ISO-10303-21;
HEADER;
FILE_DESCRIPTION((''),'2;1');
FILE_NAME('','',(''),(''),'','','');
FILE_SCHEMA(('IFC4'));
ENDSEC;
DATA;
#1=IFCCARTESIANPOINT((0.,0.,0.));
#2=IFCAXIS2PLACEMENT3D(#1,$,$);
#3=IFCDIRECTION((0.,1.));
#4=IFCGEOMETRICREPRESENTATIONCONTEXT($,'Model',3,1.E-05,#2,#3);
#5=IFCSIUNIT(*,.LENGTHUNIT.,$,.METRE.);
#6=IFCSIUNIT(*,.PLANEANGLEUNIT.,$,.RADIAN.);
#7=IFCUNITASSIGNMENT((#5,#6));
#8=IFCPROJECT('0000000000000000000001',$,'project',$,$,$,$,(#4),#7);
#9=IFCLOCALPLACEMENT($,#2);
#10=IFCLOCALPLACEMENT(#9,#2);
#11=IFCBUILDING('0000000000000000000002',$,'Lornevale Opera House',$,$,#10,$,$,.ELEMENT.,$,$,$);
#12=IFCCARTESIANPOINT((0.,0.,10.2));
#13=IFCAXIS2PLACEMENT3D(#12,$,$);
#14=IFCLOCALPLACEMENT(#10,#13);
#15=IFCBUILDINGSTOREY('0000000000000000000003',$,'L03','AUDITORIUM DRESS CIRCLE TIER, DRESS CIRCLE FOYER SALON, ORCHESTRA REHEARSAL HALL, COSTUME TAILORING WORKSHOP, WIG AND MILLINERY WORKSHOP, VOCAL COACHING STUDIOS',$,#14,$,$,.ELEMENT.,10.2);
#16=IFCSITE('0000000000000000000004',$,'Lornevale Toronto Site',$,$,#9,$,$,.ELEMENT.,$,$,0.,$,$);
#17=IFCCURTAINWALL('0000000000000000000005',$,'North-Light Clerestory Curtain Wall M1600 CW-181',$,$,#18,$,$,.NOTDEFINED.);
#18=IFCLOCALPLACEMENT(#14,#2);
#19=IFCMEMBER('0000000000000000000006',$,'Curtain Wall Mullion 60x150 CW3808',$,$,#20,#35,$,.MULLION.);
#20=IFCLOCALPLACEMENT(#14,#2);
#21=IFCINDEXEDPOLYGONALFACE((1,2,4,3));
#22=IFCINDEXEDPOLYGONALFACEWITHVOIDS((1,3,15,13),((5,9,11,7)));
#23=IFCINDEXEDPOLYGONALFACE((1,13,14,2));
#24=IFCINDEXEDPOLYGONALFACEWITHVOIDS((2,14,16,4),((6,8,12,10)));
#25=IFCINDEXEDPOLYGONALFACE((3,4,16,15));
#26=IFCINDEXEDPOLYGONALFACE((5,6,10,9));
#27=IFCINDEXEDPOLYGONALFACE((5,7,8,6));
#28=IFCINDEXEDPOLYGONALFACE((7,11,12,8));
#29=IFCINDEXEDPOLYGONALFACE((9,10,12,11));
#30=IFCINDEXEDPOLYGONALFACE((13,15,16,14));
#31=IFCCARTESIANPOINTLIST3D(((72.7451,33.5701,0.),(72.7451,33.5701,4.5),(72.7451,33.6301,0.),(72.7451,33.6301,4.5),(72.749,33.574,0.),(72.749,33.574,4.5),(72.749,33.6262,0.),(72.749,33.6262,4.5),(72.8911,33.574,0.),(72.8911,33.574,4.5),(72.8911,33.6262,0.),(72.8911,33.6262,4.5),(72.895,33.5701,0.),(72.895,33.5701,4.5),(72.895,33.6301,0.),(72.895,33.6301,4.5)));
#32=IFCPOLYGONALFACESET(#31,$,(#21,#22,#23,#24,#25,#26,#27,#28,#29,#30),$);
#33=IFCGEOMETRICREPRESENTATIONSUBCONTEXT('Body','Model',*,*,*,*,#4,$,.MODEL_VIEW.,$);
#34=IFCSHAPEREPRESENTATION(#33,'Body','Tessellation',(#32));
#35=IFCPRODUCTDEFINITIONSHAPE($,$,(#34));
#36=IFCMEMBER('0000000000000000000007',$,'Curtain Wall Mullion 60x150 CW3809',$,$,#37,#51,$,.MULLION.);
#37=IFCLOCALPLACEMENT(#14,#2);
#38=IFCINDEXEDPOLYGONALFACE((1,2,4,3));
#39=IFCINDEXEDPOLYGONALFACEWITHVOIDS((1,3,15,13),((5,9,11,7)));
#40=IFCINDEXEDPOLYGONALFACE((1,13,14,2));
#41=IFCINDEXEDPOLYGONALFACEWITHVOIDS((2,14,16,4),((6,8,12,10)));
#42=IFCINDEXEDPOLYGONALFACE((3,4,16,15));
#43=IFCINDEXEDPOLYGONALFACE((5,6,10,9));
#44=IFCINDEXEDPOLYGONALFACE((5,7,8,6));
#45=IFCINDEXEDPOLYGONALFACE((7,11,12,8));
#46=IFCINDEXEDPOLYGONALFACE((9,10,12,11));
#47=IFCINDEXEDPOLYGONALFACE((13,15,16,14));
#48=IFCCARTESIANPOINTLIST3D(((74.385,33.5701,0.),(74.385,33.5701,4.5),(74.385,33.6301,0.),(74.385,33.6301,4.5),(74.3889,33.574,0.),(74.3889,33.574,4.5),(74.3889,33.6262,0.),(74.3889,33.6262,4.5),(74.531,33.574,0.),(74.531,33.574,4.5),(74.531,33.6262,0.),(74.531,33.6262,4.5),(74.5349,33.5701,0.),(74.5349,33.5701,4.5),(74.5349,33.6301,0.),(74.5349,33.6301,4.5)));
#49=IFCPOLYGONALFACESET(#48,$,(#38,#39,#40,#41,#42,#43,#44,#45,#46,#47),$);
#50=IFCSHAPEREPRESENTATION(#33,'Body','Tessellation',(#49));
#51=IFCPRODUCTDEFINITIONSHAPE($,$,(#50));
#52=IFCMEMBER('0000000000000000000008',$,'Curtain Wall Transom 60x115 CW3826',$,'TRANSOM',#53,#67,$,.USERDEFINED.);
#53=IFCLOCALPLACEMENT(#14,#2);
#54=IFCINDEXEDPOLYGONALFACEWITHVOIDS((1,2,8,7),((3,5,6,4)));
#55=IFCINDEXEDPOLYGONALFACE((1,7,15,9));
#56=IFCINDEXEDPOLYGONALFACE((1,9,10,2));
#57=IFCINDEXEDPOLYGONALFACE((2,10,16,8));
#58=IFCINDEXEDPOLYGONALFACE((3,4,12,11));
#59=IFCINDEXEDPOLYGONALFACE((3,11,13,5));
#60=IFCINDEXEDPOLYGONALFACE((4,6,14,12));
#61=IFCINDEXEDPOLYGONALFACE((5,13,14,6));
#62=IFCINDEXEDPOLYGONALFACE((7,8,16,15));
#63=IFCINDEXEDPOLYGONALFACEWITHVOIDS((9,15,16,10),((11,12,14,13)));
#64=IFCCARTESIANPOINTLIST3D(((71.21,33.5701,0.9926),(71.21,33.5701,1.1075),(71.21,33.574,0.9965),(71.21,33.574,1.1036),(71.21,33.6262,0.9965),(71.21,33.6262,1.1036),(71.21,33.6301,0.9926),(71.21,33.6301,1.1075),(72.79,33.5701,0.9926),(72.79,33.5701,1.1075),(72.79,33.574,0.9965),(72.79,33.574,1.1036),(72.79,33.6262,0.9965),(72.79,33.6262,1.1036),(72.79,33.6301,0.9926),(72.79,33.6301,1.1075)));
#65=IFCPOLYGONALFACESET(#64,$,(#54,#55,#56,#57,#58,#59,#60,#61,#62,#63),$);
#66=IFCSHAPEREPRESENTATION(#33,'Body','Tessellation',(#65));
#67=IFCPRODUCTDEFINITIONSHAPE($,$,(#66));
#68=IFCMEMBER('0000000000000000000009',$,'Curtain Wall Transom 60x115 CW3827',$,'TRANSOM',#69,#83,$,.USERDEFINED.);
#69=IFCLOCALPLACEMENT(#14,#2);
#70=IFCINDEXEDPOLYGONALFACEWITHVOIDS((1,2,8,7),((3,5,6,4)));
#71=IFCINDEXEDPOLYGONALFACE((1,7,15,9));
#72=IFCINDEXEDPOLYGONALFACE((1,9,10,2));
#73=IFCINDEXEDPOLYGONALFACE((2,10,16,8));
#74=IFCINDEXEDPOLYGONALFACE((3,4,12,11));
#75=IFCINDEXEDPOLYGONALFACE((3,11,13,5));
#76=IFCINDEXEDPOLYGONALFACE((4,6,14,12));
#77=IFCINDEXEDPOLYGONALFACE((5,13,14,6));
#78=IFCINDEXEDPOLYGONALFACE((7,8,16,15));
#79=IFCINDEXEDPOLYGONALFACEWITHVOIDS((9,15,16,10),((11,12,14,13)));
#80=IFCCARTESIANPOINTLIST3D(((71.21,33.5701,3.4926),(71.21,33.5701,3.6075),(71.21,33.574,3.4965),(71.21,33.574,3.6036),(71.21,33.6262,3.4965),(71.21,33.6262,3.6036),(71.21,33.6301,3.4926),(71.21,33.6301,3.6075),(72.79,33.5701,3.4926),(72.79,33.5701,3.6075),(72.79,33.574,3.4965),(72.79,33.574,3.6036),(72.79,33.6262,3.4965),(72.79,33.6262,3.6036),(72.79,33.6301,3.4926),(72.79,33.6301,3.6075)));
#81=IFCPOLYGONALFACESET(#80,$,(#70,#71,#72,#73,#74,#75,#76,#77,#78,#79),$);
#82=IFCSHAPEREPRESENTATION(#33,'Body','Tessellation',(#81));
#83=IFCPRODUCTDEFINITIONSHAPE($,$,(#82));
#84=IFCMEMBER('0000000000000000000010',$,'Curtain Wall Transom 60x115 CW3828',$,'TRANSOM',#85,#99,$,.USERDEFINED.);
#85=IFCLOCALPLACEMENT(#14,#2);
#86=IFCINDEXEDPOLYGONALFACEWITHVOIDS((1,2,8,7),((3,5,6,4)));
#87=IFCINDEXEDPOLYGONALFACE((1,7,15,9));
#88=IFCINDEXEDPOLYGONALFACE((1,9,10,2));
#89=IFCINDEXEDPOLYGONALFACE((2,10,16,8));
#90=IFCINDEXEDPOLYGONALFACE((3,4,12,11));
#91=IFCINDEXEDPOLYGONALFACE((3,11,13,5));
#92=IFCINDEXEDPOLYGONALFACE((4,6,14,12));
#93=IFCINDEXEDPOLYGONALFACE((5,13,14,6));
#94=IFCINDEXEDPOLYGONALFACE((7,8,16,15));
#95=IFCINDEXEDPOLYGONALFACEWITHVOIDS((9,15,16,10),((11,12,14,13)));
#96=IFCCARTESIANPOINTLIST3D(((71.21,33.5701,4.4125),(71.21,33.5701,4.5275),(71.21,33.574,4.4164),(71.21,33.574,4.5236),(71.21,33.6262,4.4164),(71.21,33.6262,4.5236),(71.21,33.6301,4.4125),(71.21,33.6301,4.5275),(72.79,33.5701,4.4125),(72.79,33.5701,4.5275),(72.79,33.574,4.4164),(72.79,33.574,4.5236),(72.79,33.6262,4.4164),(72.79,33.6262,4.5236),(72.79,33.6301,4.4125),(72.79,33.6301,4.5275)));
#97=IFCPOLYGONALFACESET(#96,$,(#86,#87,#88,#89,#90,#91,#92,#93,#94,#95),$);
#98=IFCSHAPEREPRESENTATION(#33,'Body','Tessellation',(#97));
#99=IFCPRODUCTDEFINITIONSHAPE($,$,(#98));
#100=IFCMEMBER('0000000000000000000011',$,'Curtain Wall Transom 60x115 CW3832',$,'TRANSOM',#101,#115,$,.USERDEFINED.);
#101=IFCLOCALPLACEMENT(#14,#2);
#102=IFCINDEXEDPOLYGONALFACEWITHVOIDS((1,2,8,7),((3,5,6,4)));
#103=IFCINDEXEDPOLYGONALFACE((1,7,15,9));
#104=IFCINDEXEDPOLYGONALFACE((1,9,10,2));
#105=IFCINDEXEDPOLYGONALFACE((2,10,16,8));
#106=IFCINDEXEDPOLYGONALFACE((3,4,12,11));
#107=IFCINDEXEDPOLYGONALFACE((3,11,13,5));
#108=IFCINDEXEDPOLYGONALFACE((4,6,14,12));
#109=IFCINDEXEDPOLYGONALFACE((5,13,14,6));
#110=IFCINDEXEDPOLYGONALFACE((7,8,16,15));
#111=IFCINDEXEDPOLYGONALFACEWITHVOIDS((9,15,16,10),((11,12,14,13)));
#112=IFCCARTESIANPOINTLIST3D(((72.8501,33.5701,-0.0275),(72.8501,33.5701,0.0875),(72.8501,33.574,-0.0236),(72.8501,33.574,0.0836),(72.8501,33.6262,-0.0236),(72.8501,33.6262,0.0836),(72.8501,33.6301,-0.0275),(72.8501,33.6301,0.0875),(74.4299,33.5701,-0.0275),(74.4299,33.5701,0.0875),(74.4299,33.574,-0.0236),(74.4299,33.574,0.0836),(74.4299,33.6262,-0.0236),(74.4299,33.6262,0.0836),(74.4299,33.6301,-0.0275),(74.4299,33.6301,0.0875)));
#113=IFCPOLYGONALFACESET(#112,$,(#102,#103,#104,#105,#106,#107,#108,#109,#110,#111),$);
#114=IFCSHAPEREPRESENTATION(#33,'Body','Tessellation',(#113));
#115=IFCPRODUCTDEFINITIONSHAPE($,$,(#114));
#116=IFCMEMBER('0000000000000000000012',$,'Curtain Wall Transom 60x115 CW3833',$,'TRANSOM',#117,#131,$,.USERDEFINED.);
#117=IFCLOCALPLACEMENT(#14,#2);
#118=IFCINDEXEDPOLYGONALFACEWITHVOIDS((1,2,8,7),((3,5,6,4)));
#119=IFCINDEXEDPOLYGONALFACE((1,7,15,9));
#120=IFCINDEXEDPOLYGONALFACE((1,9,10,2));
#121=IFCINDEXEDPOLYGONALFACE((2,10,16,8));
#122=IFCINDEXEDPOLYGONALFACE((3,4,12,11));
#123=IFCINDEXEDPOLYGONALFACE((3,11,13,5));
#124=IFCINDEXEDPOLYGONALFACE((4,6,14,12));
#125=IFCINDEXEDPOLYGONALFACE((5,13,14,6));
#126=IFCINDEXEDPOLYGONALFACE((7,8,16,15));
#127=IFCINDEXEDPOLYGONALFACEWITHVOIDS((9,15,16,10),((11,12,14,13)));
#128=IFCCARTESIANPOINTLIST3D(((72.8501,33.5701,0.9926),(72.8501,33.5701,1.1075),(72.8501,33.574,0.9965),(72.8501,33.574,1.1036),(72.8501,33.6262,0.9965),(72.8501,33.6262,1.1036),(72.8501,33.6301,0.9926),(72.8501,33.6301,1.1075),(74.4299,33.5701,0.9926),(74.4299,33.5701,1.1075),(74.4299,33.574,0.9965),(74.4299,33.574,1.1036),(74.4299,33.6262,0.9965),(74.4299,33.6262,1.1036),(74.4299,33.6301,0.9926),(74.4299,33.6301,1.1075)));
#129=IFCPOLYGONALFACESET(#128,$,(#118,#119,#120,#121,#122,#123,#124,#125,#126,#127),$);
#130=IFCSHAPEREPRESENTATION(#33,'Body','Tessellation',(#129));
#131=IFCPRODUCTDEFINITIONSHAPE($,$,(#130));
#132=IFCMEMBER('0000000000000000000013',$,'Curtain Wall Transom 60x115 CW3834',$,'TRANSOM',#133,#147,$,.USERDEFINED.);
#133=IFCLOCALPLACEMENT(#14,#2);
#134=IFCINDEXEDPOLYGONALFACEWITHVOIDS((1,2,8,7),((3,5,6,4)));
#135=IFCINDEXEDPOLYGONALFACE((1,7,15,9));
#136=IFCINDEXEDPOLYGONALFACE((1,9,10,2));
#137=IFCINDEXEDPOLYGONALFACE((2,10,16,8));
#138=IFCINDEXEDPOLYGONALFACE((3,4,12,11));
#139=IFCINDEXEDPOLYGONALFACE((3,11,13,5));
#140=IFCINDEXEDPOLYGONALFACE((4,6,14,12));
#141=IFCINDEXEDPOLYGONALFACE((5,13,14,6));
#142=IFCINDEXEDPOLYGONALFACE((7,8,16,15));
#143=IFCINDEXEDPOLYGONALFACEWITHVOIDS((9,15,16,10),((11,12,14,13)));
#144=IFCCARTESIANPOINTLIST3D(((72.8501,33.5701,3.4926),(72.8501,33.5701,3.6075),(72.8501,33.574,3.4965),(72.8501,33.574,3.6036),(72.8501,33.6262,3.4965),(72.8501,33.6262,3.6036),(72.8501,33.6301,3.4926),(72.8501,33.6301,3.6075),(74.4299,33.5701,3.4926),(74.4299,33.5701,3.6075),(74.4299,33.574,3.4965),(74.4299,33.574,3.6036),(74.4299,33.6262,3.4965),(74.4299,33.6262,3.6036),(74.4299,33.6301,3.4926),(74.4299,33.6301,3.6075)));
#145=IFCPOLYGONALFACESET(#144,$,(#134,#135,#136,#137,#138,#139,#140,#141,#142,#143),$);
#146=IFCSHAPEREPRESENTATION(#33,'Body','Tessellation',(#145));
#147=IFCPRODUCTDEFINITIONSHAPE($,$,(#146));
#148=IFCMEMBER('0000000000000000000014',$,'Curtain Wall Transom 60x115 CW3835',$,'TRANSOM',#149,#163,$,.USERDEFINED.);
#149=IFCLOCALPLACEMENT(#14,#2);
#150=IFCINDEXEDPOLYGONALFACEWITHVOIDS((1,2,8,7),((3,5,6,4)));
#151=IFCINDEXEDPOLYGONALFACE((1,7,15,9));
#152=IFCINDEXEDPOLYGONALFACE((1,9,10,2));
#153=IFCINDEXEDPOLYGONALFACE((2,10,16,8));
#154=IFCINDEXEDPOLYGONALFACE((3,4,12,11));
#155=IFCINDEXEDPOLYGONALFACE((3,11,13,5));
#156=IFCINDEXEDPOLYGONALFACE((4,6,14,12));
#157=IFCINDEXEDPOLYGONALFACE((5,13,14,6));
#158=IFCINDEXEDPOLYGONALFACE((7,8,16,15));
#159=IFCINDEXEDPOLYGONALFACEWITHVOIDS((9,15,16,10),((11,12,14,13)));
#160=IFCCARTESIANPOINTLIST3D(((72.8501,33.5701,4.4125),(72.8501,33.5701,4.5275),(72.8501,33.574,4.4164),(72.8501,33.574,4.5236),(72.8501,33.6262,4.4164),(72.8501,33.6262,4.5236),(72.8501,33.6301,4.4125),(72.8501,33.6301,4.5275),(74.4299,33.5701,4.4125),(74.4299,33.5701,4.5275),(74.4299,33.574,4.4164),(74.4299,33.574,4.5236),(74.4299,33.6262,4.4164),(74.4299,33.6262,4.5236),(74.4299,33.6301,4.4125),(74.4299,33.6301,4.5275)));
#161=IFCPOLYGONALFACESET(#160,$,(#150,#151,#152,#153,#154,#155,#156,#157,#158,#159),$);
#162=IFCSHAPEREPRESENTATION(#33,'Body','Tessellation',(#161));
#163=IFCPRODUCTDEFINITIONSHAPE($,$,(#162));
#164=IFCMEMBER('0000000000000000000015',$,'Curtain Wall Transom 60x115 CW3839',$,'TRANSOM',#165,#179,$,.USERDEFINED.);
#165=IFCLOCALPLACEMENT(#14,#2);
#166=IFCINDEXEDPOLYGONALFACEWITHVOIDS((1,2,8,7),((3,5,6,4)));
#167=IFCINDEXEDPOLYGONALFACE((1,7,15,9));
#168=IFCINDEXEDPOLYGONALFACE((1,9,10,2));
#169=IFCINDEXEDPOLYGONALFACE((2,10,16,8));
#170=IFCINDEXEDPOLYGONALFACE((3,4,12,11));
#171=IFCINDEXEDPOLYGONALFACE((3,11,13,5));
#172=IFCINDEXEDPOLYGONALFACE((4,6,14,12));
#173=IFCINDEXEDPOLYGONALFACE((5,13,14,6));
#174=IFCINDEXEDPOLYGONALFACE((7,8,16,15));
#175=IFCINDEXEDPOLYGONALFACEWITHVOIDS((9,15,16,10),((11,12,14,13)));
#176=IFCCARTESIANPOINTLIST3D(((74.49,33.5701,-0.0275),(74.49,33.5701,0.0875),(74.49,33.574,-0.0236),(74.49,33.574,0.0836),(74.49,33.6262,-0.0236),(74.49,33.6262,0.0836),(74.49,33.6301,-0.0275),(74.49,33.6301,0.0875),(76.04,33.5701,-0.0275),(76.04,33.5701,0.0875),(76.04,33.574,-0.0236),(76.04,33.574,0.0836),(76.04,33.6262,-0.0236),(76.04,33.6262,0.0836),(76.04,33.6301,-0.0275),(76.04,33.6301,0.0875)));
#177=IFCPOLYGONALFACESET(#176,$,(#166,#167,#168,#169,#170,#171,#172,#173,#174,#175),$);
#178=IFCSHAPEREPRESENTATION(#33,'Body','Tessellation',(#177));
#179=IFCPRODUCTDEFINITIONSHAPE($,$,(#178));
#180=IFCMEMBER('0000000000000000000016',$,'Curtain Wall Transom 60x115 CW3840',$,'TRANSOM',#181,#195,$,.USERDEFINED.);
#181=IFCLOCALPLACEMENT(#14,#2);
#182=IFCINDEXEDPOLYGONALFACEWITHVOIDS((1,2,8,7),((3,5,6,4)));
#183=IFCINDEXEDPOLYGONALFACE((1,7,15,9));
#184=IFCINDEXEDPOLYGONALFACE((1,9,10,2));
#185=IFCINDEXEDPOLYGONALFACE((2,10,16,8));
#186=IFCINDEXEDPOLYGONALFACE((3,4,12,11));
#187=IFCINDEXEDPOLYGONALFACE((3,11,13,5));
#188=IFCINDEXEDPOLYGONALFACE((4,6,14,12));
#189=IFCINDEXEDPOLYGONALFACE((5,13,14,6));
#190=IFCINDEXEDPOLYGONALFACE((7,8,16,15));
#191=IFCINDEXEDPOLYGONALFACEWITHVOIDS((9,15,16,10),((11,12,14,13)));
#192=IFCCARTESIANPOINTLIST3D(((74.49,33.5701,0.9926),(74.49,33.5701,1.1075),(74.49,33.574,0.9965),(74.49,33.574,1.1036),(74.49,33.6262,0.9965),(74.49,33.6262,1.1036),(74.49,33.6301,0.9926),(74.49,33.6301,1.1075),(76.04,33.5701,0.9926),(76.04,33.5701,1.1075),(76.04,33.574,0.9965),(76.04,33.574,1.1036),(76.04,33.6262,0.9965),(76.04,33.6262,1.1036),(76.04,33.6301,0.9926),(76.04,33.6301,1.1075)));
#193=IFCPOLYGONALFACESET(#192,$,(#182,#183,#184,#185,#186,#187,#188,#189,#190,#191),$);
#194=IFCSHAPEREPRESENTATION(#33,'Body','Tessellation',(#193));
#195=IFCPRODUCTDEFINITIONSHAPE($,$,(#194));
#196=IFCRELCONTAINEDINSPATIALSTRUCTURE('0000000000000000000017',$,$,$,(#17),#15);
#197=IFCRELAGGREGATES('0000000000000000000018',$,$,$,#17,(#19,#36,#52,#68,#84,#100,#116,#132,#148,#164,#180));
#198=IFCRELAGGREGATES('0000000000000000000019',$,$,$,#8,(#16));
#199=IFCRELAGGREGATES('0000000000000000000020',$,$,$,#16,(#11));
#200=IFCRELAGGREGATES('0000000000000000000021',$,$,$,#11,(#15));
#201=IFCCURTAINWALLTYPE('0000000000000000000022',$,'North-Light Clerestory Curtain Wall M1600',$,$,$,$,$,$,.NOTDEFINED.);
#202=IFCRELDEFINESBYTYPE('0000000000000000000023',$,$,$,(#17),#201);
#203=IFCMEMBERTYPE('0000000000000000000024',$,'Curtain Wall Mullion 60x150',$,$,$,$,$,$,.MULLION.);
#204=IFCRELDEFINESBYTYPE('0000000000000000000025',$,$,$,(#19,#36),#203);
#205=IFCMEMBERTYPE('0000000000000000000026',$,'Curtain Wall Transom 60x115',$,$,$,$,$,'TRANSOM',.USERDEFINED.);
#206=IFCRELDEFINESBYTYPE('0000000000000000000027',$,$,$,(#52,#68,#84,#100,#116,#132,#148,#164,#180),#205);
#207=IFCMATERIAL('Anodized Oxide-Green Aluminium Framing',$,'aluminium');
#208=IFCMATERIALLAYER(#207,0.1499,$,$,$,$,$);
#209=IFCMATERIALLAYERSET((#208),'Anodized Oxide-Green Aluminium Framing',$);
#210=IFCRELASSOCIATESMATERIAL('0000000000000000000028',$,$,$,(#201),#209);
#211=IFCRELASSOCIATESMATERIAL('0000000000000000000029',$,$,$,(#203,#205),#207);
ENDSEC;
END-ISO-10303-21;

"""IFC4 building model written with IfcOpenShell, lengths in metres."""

from ifc_helpers import new_model, si_unit, direction, frame, origin, origin_2d, place, context, subcontext, project, spatial, hollow_rectangle, extrude, material, layer, layer_set, material_profile, profile_set, type_object, element, aggregate, save


model = new_model("IFC4")

# Units and contexts
model_context = context("Model", 3, precision=1e-05, world=origin(), true_north=direction((0.0, 1.0)))
body_context = subcontext(model_context, "Body", "Model", "MODEL_VIEW")
ifc_project = project(units=[si_unit("LENGTHUNIT", "METRE"), si_unit("PLANEANGLEUNIT", "RADIAN")], contexts=[model_context])

# Site, building, storey
site_placement = place(None, origin())
site = spatial("IfcSite", under=ifc_project, at=site_placement, Name="Lornevale Toronto Site", CompositionType="ELEMENT", RefElevation=0.0)
building_placement = place(site_placement, origin())
building = spatial("IfcBuilding", under=site, at=building_placement, Name="Lornevale Opera House", CompositionType="ELEMENT")
storey_placement = place(building_placement, frame((0.0, 0.0, 10.2)))
storey = spatial("IfcBuildingStorey", under=building, at=storey_placement, Name="L03", Description="AUDITORIUM DRESS CIRCLE TIER, DRESS CIRCLE FOYER SALON, ORCHESTRA REHEARSAL HALL, COSTUME TAILORING WORKSHOP, WIG AND MILLINERY WORKSHOP, VOCAL COACHING STUDIOS", CompositionType="ELEMENT", Elevation=10.2)

# Curtain wall, members
ifc_material_1 = material(Name="Anodized Oxide-Green Aluminium Framing", Category="aluminium")
ifc_layer_1 = layer(ifc_material_1, 0.1499)
ifc_layer_set_1 = layer_set([ifc_layer_1], Name="Anodized Oxide-Green Aluminium Framing")
curtain_wall_type = type_object("IfcCurtainWallType", Name="North-Light Clerestory Curtain Wall M1600", PredefinedType="NOTDEFINED", material=ifc_layer_set_1)
curtain_wall_placement = place(storey_placement, origin())
curtain_wall = element("IfcCurtainWall", 1, at=curtain_wall_placement, inside=storey, type_object=curtain_wall_type, Name="North-Light Clerestory Curtain Wall M1600 CW-181", PredefinedType="NOTDEFINED")
ifc_material_profile_1 = material_profile(ifc_material_1, hollow_rectangle(XDim=0.0601, YDim=0.1499, WallThickness=0.0039, at=origin_2d()), Name="ALU60x150x4")
ifc_profile_set_1 = profile_set([ifc_material_profile_1], Name="Anodized Oxide-Green Aluminium Framing")
member_type_1 = type_object("IfcMemberType", Name="Curtain Wall Mullion 60x150", PredefinedType="MULLION", material=ifc_profile_set_1)
member_1_placement = place(storey_placement, frame((72.8201, 33.6001, 0.0), z_axis=(0.0, 0.0, 1.0), x_axis=(0.0, 1.0, 0.0)))
member_1 = element("IfcMember", 2, at=member_1_placement, type_object=member_type_1, Name="Curtain Wall Mullion 60x150 CW3808", PredefinedType="MULLION", context=body_context, shape_type="SweptSolid", body=[
    extrude(hollow_rectangle(XDim=0.0601, YDim=0.1499, WallThickness=0.0039, at=origin_2d()), origin(), (0.0, 0.0, 1.0), 4.5),
])
member_2_placement = place(storey_placement, frame((74.46, 33.6001, 0.0), z_axis=(0.0, 0.0, 1.0), x_axis=(0.0, 1.0, 0.0)))
member_2 = element("IfcMember", 3, at=member_2_placement, type_object=member_type_1, Name="Curtain Wall Mullion 60x150 CW3809", PredefinedType="MULLION", context=body_context, shape_type="SweptSolid", body=[
    extrude(hollow_rectangle(XDim=0.0601, YDim=0.1499, WallThickness=0.0039, at=origin_2d()), origin(), (0.0, 0.0, 1.0), 4.5),
])
ifc_material_profile_2 = material_profile(ifc_material_1, hollow_rectangle(XDim=0.0601, YDim=0.115, WallThickness=0.0039, at=origin_2d()), Name="ALU60x115x4")
ifc_profile_set_2 = profile_set([ifc_material_profile_2], Name="Anodized Oxide-Green Aluminium Framing")
member_type_2 = type_object("IfcMemberType", Name="Curtain Wall Transom 60x115", ElementType="TRANSOM", PredefinedType="USERDEFINED", material=ifc_profile_set_2)
member_3_placement = place(storey_placement, frame((71.21, 33.6001, 1.05), z_axis=(1.0, 0.0, 0.0), x_axis=(0.0, 1.0, 0.0)))
member_3 = element("IfcMember", 4, at=member_3_placement, type_object=member_type_2, Name="Curtain Wall Transom 60x115 CW3826", ObjectType="TRANSOM", PredefinedType="USERDEFINED", context=body_context, shape_type="SweptSolid", body=[
    extrude(hollow_rectangle(XDim=0.0601, YDim=0.115, WallThickness=0.0039, at=origin_2d()), origin(), (0.0, 0.0, 1.0), 1.5801),
])
member_4_placement = place(storey_placement, frame((71.21, 33.6001, 3.55), z_axis=(1.0, 0.0, 0.0), x_axis=(0.0, 1.0, 0.0)))
member_4 = element("IfcMember", 5, at=member_4_placement, type_object=member_type_2, Name="Curtain Wall Transom 60x115 CW3827", ObjectType="TRANSOM", PredefinedType="USERDEFINED", context=body_context, shape_type="SweptSolid", body=[
    extrude(hollow_rectangle(XDim=0.0601, YDim=0.115, WallThickness=0.0039, at=origin_2d()), origin(), (0.0, 0.0, 1.0), 1.5801),
])
member_5_placement = place(storey_placement, frame((71.21, 33.6001, 4.47), z_axis=(1.0, 0.0, 0.0), x_axis=(0.0, 1.0, 0.0)))
member_5 = element("IfcMember", 6, at=member_5_placement, type_object=member_type_2, Name="Curtain Wall Transom 60x115 CW3828", ObjectType="TRANSOM", PredefinedType="USERDEFINED", context=body_context, shape_type="SweptSolid", body=[
    extrude(hollow_rectangle(XDim=0.0601, YDim=0.115, WallThickness=0.0039, at=origin_2d()), origin(), (0.0, 0.0, 1.0), 1.5801),
])
member_6_placement = place(storey_placement, frame((72.8501, 33.6001, 0.03), z_axis=(1.0, 0.0, 0.0), x_axis=(0.0, 1.0, 0.0)))
member_6 = element("IfcMember", 7, at=member_6_placement, type_object=member_type_2, Name="Curtain Wall Transom 60x115 CW3832", ObjectType="TRANSOM", PredefinedType="USERDEFINED", context=body_context, shape_type="SweptSolid", body=[
    extrude(hollow_rectangle(XDim=0.0601, YDim=0.115, WallThickness=0.0039, at=origin_2d()), origin(), (0.0, 0.0, 1.0), 1.5798),
])
member_7_placement = place(storey_placement, frame((72.8501, 33.6001, 1.05), z_axis=(1.0, 0.0, 0.0), x_axis=(0.0, 1.0, 0.0)))
member_7 = element("IfcMember", 8, at=member_7_placement, type_object=member_type_2, Name="Curtain Wall Transom 60x115 CW3833", ObjectType="TRANSOM", PredefinedType="USERDEFINED", context=body_context, shape_type="SweptSolid", body=[
    extrude(hollow_rectangle(XDim=0.0601, YDim=0.115, WallThickness=0.0039, at=origin_2d()), origin(), (0.0, 0.0, 1.0), 1.5798),
])
member_8_placement = place(storey_placement, frame((72.8501, 33.6001, 3.55), z_axis=(1.0, 0.0, 0.0), x_axis=(0.0, 1.0, 0.0)))
member_8 = element("IfcMember", 9, at=member_8_placement, type_object=member_type_2, Name="Curtain Wall Transom 60x115 CW3834", ObjectType="TRANSOM", PredefinedType="USERDEFINED", context=body_context, shape_type="SweptSolid", body=[
    extrude(hollow_rectangle(XDim=0.0601, YDim=0.115, WallThickness=0.0039, at=origin_2d()), origin(), (0.0, 0.0, 1.0), 1.5798),
])
member_9_placement = place(storey_placement, frame((72.8501, 33.6001, 4.47), z_axis=(1.0, 0.0, 0.0), x_axis=(0.0, 1.0, 0.0)))
member_9 = element("IfcMember", 10, at=member_9_placement, type_object=member_type_2, Name="Curtain Wall Transom 60x115 CW3835", ObjectType="TRANSOM", PredefinedType="USERDEFINED", context=body_context, shape_type="SweptSolid", body=[
    extrude(hollow_rectangle(XDim=0.0601, YDim=0.115, WallThickness=0.0039, at=origin_2d()), origin(), (0.0, 0.0, 1.0), 1.5798),
])
member_10_placement = place(storey_placement, frame((74.49, 33.6001, 0.03), z_axis=(1.0, 0.0, 0.0), x_axis=(0.0, 1.0, 0.0)))
member_10 = element("IfcMember", 11, at=member_10_placement, type_object=member_type_2, Name="Curtain Wall Transom 60x115 CW3839", ObjectType="TRANSOM", PredefinedType="USERDEFINED", context=body_context, shape_type="SweptSolid", body=[
    extrude(hollow_rectangle(XDim=0.0601, YDim=0.115, WallThickness=0.0039, at=origin_2d()), origin(), (0.0, 0.0, 1.0), 1.55),
])
member_11_placement = place(storey_placement, frame((74.49, 33.6001, 1.05), z_axis=(1.0, 0.0, 0.0), x_axis=(0.0, 1.0, 0.0)))
member_11 = element("IfcMember", 12, at=member_11_placement, type_object=member_type_2, Name="Curtain Wall Transom 60x115 CW3840", ObjectType="TRANSOM", PredefinedType="USERDEFINED", context=body_context, shape_type="SweptSolid", body=[
    extrude(hollow_rectangle(XDim=0.0601, YDim=0.115, WallThickness=0.0039, at=origin_2d()), origin(), (0.0, 0.0, 1.0), 1.55),
])
aggregate(curtain_wall, [member_1, member_2, member_3, member_4, member_5, member_6, member_7, member_8, member_9, member_10, member_11])

save(model, "model.ifc")
